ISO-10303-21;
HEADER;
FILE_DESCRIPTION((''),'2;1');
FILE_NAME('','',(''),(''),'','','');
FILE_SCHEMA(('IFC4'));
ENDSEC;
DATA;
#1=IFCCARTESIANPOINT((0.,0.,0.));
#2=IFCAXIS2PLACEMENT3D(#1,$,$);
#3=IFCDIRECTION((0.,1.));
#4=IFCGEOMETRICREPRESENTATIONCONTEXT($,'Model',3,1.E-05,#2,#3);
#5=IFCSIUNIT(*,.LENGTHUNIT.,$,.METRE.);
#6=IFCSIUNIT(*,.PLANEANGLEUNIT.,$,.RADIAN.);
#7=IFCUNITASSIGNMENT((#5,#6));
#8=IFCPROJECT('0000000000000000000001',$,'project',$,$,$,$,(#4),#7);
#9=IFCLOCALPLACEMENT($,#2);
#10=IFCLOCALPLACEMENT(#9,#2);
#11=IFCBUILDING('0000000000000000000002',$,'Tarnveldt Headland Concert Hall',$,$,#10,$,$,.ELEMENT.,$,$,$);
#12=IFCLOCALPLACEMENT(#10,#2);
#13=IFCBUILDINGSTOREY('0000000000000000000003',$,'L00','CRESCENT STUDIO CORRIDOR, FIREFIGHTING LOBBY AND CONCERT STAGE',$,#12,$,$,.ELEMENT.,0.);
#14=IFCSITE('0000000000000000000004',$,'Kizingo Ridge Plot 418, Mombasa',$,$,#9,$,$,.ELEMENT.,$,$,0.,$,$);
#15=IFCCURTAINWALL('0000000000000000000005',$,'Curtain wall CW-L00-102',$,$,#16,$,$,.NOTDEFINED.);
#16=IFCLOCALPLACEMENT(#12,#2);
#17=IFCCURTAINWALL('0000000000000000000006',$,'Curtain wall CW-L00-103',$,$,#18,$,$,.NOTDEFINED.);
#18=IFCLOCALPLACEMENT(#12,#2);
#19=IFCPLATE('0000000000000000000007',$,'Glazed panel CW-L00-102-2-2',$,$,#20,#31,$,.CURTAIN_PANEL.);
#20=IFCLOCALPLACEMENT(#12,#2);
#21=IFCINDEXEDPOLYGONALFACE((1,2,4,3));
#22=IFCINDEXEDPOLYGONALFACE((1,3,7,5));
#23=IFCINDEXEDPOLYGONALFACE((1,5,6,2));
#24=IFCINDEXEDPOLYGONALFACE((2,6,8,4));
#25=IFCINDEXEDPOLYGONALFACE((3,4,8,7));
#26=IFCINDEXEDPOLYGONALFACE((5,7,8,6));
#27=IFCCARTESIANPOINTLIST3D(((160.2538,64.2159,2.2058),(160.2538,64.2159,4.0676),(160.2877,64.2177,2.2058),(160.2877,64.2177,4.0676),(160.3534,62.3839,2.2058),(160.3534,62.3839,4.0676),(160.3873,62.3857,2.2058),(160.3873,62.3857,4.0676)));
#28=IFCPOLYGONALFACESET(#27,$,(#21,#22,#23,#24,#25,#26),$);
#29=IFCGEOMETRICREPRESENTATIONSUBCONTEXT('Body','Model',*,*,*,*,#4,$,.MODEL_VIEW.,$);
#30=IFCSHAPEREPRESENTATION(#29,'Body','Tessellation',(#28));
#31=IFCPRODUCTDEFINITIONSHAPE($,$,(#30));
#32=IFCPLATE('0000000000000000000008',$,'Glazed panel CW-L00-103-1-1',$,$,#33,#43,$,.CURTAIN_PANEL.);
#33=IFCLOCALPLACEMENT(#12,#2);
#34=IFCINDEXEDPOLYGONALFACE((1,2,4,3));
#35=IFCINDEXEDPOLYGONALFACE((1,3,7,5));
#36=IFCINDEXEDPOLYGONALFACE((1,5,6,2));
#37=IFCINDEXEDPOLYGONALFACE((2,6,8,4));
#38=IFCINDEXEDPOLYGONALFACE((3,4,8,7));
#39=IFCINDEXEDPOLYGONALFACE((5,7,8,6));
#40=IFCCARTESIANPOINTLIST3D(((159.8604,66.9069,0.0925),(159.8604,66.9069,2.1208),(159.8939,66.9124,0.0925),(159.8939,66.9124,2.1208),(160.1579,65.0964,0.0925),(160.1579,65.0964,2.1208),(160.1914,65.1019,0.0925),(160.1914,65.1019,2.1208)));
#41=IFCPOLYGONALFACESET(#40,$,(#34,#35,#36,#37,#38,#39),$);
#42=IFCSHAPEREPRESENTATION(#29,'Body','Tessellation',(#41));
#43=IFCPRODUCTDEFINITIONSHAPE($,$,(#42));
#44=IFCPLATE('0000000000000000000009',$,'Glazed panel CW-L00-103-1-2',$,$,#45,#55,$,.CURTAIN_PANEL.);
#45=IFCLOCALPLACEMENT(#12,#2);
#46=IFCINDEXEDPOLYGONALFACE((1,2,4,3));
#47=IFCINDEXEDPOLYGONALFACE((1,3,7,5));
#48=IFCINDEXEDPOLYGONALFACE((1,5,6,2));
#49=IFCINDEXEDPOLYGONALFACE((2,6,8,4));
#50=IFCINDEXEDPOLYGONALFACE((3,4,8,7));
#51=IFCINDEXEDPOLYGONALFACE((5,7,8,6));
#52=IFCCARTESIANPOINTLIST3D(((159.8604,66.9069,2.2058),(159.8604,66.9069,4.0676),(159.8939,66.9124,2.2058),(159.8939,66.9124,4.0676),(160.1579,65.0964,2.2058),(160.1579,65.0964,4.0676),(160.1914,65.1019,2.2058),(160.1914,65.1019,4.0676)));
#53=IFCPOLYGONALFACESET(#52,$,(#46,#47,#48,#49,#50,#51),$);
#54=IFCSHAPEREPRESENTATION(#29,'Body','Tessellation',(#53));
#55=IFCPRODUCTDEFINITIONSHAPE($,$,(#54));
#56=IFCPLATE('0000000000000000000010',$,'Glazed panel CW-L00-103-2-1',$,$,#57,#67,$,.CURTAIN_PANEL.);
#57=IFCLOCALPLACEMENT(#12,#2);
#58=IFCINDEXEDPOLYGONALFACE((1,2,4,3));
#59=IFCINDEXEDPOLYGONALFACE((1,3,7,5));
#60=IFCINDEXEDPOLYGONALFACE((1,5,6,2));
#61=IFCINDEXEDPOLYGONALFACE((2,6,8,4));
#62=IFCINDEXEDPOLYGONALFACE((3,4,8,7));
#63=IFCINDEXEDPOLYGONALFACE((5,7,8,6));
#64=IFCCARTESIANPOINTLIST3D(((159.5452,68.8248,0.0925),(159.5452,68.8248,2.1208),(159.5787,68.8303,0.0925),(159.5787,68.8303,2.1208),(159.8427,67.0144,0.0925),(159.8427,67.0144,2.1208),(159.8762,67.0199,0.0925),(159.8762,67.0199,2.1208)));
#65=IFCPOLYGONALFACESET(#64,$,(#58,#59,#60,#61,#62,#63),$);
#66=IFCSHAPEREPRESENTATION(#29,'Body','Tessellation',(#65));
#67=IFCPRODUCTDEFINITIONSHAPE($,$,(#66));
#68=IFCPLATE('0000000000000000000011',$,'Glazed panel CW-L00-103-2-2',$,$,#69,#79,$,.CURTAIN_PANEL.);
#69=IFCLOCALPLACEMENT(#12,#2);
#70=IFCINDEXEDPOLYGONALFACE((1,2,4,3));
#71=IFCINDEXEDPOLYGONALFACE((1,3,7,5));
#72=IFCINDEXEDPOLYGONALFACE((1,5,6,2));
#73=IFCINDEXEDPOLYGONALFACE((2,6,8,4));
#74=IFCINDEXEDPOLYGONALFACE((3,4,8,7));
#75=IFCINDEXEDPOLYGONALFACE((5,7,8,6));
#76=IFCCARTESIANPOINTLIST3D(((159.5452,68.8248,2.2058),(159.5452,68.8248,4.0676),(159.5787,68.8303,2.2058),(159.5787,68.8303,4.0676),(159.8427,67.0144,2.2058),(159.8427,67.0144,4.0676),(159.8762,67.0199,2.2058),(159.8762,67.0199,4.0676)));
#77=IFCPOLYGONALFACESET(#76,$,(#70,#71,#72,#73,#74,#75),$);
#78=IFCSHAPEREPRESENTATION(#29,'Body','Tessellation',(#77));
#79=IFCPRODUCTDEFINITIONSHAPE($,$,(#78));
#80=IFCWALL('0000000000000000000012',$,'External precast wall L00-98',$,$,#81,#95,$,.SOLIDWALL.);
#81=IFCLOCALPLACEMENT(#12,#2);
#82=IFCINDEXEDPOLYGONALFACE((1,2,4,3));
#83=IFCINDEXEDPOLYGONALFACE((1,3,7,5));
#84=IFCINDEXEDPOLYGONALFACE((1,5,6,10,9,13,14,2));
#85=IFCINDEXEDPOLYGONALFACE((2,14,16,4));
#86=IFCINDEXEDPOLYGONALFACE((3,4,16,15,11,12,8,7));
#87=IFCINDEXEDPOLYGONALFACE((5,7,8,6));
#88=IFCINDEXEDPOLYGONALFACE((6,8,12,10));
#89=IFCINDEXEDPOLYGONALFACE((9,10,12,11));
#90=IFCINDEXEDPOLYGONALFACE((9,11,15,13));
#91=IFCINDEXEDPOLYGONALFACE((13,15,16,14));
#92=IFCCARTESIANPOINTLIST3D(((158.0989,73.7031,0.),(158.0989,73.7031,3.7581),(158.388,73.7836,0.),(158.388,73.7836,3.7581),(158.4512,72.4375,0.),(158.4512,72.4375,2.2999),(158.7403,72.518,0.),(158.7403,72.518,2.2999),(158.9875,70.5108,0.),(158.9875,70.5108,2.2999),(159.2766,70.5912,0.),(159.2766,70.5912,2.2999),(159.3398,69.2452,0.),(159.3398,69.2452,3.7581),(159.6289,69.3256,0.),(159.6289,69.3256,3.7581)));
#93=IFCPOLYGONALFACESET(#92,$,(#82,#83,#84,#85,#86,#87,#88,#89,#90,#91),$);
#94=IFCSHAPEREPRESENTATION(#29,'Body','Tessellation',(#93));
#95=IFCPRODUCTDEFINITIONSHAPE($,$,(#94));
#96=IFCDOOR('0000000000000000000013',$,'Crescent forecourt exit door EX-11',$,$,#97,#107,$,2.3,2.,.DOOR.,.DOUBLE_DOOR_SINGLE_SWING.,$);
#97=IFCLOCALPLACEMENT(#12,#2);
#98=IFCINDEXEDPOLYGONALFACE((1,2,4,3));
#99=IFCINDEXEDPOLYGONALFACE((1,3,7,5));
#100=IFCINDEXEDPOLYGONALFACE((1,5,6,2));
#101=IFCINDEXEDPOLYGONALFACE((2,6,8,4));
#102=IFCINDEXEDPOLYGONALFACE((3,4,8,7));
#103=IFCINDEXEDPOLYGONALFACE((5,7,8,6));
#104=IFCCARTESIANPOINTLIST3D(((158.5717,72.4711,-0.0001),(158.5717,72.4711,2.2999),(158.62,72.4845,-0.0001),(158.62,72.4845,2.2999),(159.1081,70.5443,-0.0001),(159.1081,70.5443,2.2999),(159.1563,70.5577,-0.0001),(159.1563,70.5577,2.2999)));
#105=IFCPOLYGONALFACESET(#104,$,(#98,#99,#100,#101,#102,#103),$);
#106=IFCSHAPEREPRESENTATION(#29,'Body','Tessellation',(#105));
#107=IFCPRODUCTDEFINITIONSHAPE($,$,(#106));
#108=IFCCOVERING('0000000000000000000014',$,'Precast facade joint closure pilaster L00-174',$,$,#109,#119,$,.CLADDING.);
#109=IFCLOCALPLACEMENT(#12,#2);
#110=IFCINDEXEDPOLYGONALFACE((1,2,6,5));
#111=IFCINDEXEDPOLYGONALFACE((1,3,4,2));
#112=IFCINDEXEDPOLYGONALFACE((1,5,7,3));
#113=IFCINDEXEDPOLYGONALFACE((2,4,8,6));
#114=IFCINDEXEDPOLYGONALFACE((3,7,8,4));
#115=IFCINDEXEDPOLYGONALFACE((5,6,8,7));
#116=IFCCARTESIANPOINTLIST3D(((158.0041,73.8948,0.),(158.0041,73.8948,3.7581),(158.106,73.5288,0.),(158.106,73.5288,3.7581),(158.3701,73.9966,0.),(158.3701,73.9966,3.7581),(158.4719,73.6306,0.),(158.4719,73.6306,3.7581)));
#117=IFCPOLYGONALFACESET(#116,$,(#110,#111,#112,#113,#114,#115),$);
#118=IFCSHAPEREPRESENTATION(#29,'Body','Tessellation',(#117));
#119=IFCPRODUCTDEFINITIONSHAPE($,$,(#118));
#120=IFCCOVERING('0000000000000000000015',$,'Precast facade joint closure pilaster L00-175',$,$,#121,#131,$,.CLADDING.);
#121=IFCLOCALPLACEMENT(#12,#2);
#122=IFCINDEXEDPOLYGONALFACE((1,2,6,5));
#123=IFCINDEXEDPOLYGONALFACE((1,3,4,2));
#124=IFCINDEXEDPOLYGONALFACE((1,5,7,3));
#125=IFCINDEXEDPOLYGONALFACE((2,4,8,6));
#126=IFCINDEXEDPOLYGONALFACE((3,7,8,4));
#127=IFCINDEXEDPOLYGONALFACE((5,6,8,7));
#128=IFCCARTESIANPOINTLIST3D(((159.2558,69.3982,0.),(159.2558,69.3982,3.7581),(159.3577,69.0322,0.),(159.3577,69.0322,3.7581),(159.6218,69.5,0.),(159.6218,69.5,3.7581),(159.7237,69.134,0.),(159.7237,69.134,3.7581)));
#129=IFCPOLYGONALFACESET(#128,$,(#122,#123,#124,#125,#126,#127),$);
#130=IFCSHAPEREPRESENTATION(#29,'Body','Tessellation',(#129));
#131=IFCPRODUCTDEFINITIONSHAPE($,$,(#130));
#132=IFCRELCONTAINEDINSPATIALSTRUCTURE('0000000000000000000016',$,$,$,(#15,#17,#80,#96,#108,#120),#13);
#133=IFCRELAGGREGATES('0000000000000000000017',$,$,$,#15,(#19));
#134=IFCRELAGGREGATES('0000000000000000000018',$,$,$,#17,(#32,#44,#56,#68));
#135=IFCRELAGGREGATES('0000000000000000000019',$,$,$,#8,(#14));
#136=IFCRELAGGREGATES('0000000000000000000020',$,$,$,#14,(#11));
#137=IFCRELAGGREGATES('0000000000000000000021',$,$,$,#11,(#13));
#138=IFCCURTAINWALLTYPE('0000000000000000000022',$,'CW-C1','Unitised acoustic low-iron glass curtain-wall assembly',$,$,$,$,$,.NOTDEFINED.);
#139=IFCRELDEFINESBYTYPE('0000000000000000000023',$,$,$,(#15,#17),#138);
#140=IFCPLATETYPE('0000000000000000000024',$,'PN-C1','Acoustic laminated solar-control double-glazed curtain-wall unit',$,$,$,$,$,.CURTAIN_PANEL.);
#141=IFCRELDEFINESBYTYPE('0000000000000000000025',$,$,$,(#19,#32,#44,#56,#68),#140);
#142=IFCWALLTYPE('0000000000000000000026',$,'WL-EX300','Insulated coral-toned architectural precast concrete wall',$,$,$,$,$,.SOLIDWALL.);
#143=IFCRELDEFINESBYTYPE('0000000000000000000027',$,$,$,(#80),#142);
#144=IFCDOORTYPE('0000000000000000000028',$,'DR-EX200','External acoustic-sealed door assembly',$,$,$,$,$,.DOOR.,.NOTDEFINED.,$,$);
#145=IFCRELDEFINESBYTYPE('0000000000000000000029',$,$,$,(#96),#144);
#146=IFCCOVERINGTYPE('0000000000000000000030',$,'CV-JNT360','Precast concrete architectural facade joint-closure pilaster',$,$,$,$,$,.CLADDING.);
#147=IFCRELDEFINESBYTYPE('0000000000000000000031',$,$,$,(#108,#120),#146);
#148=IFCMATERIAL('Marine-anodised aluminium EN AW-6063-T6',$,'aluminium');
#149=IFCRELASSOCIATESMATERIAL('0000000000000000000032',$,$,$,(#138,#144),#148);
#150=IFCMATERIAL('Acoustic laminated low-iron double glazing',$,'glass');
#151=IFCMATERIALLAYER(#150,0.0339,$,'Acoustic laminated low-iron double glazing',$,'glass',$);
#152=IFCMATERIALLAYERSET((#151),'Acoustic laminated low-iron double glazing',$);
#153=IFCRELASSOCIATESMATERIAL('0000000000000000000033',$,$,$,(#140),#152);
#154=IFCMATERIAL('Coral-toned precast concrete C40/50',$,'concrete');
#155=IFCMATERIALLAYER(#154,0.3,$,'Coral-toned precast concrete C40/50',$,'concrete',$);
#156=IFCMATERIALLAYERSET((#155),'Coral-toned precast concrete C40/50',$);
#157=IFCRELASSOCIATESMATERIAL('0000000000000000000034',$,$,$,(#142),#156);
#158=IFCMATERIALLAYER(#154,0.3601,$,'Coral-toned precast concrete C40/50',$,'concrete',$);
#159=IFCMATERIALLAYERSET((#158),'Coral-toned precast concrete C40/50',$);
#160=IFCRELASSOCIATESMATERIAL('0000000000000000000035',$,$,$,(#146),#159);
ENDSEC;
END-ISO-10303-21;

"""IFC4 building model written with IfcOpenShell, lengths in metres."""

from ifc_helpers import new_model, si_unit, direction, frame, frame_2d, origin, origin_2d, place, context, subcontext, project, spatial, rectangle, extrude, material, layer, layer_set, type_object, element, fill, aggregate, save


model = new_model("IFC4")

# Units and contexts
model_context = context("Model", 3, precision=1e-05, world=origin(), true_north=direction((0.0, 1.0)))
body_context = subcontext(model_context, "Body", "Model", "MODEL_VIEW")
ifc_project = project(units=[si_unit("LENGTHUNIT", "METRE"), si_unit("PLANEANGLEUNIT", "RADIAN")], contexts=[model_context])

# Site, building, storey
site_placement = place(None, origin())
site = spatial("IfcSite", under=ifc_project, at=site_placement, Name="Kizingo Ridge Plot 418, Mombasa", CompositionType="ELEMENT", RefElevation=0.0)
building_placement = place(site_placement, origin())
building = spatial("IfcBuilding", under=site, at=building_placement, Name="Tarnveldt Headland Concert Hall", CompositionType="ELEMENT")
storey_placement = place(building_placement, origin())
storey = spatial("IfcBuildingStorey", under=building, at=storey_placement, Name="L00", Description="CRESCENT STUDIO CORRIDOR, FIREFIGHTING LOBBY AND CONCERT STAGE", CompositionType="ELEMENT", Elevation=0.0)

# Curtain wall
ifc_material_1 = material(Name="Marine-anodised aluminium EN AW-6063-T6", Category="aluminium")
curtain_wall_type = type_object("IfcCurtainWallType", Name="CW-C1", Description="Unitised acoustic low-iron glass curtain-wall assembly", PredefinedType="NOTDEFINED", material=ifc_material_1)
curtain_wall_1_placement = place(storey_placement, origin())
curtain_wall_1 = element("IfcCurtainWall", 1, at=curtain_wall_1_placement, inside=storey, type_object=curtain_wall_type, Name="Curtain wall CW-L00-102", PredefinedType="NOTDEFINED")

# Curtain wall
curtain_wall_2_placement = place(storey_placement, origin())
curtain_wall_2 = element("IfcCurtainWall", 2, at=curtain_wall_2_placement, inside=storey, type_object=curtain_wall_type, Name="Curtain wall CW-L00-103", PredefinedType="NOTDEFINED")

# Plates
ifc_material_2 = material(Name="Acoustic laminated low-iron double glazing", Category="glass")
ifc_layer_1 = layer(ifc_material_2, 0.0339, Name="Acoustic laminated low-iron double glazing", Category="glass")
ifc_layer_set_1 = layer_set([ifc_layer_1], Name="Acoustic laminated low-iron double glazing")
plate_type = type_object("IfcPlateType", Name="PN-C1", Description="Acoustic laminated solar-control double-glazed curtain-wall unit", PredefinedType="CURTAIN_PANEL", material=ifc_layer_set_1)
plate_1_placement = place(storey_placement, frame((160.3206, 63.3008, 2.2058), z_axis=(0.0, 0.0, 1.0), x_axis=(-0.054253, 0.998527, 0.0)))
plate_1 = element("IfcPlate", 3, at=plate_1_placement, type_object=plate_type, Name="Glazed panel CW-L00-102-2-2", PredefinedType="CURTAIN_PANEL", context=body_context, shape_type="SweptSolid", body=[
    extrude(rectangle(XDim=1.8347, YDim=0.0339, at=origin_2d()), origin(), (0.0, 0.0, 1.0), 1.8618),
])
aggregate(curtain_wall_1, [plate_1])
plate_2_placement = place(storey_placement, frame((160.0259, 66.0044, 0.0925), z_axis=(0.0, 0.0, 1.0), x_axis=(-0.162155, 0.986765, 0.0)))
plate_2 = element("IfcPlate", 4, at=plate_2_placement, type_object=plate_type, Name="Glazed panel CW-L00-103-1-1", PredefinedType="CURTAIN_PANEL", context=body_context, shape_type="SweptSolid", body=[
    extrude(rectangle(XDim=1.8347, YDim=0.0339, at=origin_2d()), origin(), (0.0, 0.0, 1.0), 2.0283),
])
plate_3_placement = place(storey_placement, frame((160.0259, 66.0044, 2.2058), z_axis=(0.0, 0.0, 1.0), x_axis=(-0.162155, 0.986765, 0.0)))
plate_3 = element("IfcPlate", 5, at=plate_3_placement, type_object=plate_type, Name="Glazed panel CW-L00-103-1-2", PredefinedType="CURTAIN_PANEL", context=body_context, shape_type="SweptSolid", body=[
    extrude(rectangle(XDim=1.8347, YDim=0.0339, at=origin_2d()), origin(), (0.0, 0.0, 1.0), 1.8618),
])
plate_4_placement = place(storey_placement, frame((159.7107, 67.9224, 0.0925), z_axis=(0.0, 0.0, 1.0), x_axis=(-0.162155, 0.986765, 0.0)))
plate_4 = element("IfcPlate", 6, at=plate_4_placement, type_object=plate_type, Name="Glazed panel CW-L00-103-2-1", PredefinedType="CURTAIN_PANEL", context=body_context, shape_type="SweptSolid", body=[
    extrude(rectangle(XDim=1.8347, YDim=0.0339, at=origin_2d()), origin(), (0.0, 0.0, 1.0), 2.0283),
])
plate_5_placement = place(storey_placement, frame((159.7107, 67.9224, 2.2058), z_axis=(0.0, 0.0, 1.0), x_axis=(-0.162155, 0.986765, 0.0)))
plate_5 = element("IfcPlate", 7, at=plate_5_placement, type_object=plate_type, Name="Glazed panel CW-L00-103-2-2", PredefinedType="CURTAIN_PANEL", context=body_context, shape_type="SweptSolid", body=[
    extrude(rectangle(XDim=1.8347, YDim=0.0339, at=origin_2d()), origin(), (0.0, 0.0, 1.0), 1.8618),
])
aggregate(curtain_wall_2, [plate_2, plate_3, plate_4, plate_5])

# Wall, opening, door
ifc_material_3 = material(Name="Coral-toned precast concrete C40/50", Category="concrete")
ifc_layer_2 = layer(ifc_material_3, 0.3, Name="Coral-toned precast concrete C40/50", Category="concrete")
ifc_layer_set_2 = layer_set([ifc_layer_2], Name="Coral-toned precast concrete C40/50")
wall_type = type_object("IfcWallType", Name="WL-EX300", Description="Insulated coral-toned architectural precast concrete wall", PredefinedType="SOLIDWALL", material=ifc_layer_set_2)
wall_placement = place(storey_placement, frame((159.4844, 69.2854, 0.0), z_axis=(0.0, 0.0, 1.0), x_axis=(-0.268172, 0.963371, 0.0)))
wall = element("IfcWall", 8, at=wall_placement, inside=storey, type_object=wall_type, Name="External precast wall L00-98", PredefinedType="SOLIDWALL", context=body_context, shape_type="SweptSolid", body=[
    extrude(rectangle(XDim=4.6274, YDim=0.3, at=frame_2d((2.3137, 0.0))), origin(), (0.0, 0.0, 1.0), 3.7581),
])
opening_placement = place(wall_placement, frame((1.3137, 0.0, 0.0)))
opening = element("IfcOpeningElement", 9, at=opening_placement, cuts=wall, PredefinedType="OPENING", context=body_context, shape_type="SweptSolid", body=[
    extrude(rectangle(XDim=2.0, YDim=2.3, at=frame_2d((1.0, 1.1499))), frame((0.0, 0.1599, 0.0), z_axis=(0.0, -1.0, 0.0), x_axis=(1.0, 0.0, 0.0)), (0.0, 0.0, 1.0), 0.3201),
])
door_type = type_object("IfcDoorType", Name="DR-EX200", Description="External acoustic-sealed door assembly", OperationType="NOTDEFINED", PredefinedType="DOOR", material=ifc_material_1)
door_placement = place(opening_placement, origin())
door = element("IfcDoor", 10, at=door_placement, inside=storey, type_object=door_type, Name="Crescent forecourt exit door EX-11", OperationType="DOUBLE_DOOR_SINGLE_SWING", OverallHeight=2.3, OverallWidth=2.0, PredefinedType="DOOR", context=body_context, shape_type="SweptSolid", body=[
    extrude(rectangle(XDim=2.0, YDim=2.3, at=frame_2d((1.0, 1.1499))), frame((0.0, 0.0249, 0.0), z_axis=(0.0, -1.0, 0.0), x_axis=(1.0, 0.0, 0.0)), (0.0, 0.0, 1.0), 0.05),
])
fill(opening, door)

# Coverings
ifc_layer_3 = layer(ifc_material_3, 0.3601, Name="Coral-toned precast concrete C40/50", Category="concrete")
ifc_layer_set_3 = layer_set([ifc_layer_3], Name="Coral-toned precast concrete C40/50")
covering_type = type_object("IfcCoveringType", Name="CV-JNT360", Description="Precast concrete architectural facade joint-closure pilaster", PredefinedType="CLADDING", material=ifc_layer_set_3)
for number, where, z_axis, x_axis, name in (
    (11, (158.238, 73.7627, 0.0), (0.0, 0.0, 1.0), (-0.268079, 0.963397, 0.0), "Precast facade joint closure pilaster L00-174"),
    (12, (159.4897, 69.2661, 0.0), (0.0, 0.0, 1.0), (-0.268079, 0.963397, 0.0), "Precast facade joint closure pilaster L00-175"),
):
    element("IfcCovering", number, at=place(storey_placement, frame(where, z_axis=z_axis, x_axis=x_axis)), inside=storey, type_object=covering_type, Name=name, PredefinedType="CLADDING", context=body_context, shape_type="SweptSolid", body=[
        extrude(rectangle(XDim=0.3799, YDim=0.3799, at=origin_2d()), origin(), (0.0, 0.0, 1.0), 3.7581),
    ])

save(model, "model.ifc")
